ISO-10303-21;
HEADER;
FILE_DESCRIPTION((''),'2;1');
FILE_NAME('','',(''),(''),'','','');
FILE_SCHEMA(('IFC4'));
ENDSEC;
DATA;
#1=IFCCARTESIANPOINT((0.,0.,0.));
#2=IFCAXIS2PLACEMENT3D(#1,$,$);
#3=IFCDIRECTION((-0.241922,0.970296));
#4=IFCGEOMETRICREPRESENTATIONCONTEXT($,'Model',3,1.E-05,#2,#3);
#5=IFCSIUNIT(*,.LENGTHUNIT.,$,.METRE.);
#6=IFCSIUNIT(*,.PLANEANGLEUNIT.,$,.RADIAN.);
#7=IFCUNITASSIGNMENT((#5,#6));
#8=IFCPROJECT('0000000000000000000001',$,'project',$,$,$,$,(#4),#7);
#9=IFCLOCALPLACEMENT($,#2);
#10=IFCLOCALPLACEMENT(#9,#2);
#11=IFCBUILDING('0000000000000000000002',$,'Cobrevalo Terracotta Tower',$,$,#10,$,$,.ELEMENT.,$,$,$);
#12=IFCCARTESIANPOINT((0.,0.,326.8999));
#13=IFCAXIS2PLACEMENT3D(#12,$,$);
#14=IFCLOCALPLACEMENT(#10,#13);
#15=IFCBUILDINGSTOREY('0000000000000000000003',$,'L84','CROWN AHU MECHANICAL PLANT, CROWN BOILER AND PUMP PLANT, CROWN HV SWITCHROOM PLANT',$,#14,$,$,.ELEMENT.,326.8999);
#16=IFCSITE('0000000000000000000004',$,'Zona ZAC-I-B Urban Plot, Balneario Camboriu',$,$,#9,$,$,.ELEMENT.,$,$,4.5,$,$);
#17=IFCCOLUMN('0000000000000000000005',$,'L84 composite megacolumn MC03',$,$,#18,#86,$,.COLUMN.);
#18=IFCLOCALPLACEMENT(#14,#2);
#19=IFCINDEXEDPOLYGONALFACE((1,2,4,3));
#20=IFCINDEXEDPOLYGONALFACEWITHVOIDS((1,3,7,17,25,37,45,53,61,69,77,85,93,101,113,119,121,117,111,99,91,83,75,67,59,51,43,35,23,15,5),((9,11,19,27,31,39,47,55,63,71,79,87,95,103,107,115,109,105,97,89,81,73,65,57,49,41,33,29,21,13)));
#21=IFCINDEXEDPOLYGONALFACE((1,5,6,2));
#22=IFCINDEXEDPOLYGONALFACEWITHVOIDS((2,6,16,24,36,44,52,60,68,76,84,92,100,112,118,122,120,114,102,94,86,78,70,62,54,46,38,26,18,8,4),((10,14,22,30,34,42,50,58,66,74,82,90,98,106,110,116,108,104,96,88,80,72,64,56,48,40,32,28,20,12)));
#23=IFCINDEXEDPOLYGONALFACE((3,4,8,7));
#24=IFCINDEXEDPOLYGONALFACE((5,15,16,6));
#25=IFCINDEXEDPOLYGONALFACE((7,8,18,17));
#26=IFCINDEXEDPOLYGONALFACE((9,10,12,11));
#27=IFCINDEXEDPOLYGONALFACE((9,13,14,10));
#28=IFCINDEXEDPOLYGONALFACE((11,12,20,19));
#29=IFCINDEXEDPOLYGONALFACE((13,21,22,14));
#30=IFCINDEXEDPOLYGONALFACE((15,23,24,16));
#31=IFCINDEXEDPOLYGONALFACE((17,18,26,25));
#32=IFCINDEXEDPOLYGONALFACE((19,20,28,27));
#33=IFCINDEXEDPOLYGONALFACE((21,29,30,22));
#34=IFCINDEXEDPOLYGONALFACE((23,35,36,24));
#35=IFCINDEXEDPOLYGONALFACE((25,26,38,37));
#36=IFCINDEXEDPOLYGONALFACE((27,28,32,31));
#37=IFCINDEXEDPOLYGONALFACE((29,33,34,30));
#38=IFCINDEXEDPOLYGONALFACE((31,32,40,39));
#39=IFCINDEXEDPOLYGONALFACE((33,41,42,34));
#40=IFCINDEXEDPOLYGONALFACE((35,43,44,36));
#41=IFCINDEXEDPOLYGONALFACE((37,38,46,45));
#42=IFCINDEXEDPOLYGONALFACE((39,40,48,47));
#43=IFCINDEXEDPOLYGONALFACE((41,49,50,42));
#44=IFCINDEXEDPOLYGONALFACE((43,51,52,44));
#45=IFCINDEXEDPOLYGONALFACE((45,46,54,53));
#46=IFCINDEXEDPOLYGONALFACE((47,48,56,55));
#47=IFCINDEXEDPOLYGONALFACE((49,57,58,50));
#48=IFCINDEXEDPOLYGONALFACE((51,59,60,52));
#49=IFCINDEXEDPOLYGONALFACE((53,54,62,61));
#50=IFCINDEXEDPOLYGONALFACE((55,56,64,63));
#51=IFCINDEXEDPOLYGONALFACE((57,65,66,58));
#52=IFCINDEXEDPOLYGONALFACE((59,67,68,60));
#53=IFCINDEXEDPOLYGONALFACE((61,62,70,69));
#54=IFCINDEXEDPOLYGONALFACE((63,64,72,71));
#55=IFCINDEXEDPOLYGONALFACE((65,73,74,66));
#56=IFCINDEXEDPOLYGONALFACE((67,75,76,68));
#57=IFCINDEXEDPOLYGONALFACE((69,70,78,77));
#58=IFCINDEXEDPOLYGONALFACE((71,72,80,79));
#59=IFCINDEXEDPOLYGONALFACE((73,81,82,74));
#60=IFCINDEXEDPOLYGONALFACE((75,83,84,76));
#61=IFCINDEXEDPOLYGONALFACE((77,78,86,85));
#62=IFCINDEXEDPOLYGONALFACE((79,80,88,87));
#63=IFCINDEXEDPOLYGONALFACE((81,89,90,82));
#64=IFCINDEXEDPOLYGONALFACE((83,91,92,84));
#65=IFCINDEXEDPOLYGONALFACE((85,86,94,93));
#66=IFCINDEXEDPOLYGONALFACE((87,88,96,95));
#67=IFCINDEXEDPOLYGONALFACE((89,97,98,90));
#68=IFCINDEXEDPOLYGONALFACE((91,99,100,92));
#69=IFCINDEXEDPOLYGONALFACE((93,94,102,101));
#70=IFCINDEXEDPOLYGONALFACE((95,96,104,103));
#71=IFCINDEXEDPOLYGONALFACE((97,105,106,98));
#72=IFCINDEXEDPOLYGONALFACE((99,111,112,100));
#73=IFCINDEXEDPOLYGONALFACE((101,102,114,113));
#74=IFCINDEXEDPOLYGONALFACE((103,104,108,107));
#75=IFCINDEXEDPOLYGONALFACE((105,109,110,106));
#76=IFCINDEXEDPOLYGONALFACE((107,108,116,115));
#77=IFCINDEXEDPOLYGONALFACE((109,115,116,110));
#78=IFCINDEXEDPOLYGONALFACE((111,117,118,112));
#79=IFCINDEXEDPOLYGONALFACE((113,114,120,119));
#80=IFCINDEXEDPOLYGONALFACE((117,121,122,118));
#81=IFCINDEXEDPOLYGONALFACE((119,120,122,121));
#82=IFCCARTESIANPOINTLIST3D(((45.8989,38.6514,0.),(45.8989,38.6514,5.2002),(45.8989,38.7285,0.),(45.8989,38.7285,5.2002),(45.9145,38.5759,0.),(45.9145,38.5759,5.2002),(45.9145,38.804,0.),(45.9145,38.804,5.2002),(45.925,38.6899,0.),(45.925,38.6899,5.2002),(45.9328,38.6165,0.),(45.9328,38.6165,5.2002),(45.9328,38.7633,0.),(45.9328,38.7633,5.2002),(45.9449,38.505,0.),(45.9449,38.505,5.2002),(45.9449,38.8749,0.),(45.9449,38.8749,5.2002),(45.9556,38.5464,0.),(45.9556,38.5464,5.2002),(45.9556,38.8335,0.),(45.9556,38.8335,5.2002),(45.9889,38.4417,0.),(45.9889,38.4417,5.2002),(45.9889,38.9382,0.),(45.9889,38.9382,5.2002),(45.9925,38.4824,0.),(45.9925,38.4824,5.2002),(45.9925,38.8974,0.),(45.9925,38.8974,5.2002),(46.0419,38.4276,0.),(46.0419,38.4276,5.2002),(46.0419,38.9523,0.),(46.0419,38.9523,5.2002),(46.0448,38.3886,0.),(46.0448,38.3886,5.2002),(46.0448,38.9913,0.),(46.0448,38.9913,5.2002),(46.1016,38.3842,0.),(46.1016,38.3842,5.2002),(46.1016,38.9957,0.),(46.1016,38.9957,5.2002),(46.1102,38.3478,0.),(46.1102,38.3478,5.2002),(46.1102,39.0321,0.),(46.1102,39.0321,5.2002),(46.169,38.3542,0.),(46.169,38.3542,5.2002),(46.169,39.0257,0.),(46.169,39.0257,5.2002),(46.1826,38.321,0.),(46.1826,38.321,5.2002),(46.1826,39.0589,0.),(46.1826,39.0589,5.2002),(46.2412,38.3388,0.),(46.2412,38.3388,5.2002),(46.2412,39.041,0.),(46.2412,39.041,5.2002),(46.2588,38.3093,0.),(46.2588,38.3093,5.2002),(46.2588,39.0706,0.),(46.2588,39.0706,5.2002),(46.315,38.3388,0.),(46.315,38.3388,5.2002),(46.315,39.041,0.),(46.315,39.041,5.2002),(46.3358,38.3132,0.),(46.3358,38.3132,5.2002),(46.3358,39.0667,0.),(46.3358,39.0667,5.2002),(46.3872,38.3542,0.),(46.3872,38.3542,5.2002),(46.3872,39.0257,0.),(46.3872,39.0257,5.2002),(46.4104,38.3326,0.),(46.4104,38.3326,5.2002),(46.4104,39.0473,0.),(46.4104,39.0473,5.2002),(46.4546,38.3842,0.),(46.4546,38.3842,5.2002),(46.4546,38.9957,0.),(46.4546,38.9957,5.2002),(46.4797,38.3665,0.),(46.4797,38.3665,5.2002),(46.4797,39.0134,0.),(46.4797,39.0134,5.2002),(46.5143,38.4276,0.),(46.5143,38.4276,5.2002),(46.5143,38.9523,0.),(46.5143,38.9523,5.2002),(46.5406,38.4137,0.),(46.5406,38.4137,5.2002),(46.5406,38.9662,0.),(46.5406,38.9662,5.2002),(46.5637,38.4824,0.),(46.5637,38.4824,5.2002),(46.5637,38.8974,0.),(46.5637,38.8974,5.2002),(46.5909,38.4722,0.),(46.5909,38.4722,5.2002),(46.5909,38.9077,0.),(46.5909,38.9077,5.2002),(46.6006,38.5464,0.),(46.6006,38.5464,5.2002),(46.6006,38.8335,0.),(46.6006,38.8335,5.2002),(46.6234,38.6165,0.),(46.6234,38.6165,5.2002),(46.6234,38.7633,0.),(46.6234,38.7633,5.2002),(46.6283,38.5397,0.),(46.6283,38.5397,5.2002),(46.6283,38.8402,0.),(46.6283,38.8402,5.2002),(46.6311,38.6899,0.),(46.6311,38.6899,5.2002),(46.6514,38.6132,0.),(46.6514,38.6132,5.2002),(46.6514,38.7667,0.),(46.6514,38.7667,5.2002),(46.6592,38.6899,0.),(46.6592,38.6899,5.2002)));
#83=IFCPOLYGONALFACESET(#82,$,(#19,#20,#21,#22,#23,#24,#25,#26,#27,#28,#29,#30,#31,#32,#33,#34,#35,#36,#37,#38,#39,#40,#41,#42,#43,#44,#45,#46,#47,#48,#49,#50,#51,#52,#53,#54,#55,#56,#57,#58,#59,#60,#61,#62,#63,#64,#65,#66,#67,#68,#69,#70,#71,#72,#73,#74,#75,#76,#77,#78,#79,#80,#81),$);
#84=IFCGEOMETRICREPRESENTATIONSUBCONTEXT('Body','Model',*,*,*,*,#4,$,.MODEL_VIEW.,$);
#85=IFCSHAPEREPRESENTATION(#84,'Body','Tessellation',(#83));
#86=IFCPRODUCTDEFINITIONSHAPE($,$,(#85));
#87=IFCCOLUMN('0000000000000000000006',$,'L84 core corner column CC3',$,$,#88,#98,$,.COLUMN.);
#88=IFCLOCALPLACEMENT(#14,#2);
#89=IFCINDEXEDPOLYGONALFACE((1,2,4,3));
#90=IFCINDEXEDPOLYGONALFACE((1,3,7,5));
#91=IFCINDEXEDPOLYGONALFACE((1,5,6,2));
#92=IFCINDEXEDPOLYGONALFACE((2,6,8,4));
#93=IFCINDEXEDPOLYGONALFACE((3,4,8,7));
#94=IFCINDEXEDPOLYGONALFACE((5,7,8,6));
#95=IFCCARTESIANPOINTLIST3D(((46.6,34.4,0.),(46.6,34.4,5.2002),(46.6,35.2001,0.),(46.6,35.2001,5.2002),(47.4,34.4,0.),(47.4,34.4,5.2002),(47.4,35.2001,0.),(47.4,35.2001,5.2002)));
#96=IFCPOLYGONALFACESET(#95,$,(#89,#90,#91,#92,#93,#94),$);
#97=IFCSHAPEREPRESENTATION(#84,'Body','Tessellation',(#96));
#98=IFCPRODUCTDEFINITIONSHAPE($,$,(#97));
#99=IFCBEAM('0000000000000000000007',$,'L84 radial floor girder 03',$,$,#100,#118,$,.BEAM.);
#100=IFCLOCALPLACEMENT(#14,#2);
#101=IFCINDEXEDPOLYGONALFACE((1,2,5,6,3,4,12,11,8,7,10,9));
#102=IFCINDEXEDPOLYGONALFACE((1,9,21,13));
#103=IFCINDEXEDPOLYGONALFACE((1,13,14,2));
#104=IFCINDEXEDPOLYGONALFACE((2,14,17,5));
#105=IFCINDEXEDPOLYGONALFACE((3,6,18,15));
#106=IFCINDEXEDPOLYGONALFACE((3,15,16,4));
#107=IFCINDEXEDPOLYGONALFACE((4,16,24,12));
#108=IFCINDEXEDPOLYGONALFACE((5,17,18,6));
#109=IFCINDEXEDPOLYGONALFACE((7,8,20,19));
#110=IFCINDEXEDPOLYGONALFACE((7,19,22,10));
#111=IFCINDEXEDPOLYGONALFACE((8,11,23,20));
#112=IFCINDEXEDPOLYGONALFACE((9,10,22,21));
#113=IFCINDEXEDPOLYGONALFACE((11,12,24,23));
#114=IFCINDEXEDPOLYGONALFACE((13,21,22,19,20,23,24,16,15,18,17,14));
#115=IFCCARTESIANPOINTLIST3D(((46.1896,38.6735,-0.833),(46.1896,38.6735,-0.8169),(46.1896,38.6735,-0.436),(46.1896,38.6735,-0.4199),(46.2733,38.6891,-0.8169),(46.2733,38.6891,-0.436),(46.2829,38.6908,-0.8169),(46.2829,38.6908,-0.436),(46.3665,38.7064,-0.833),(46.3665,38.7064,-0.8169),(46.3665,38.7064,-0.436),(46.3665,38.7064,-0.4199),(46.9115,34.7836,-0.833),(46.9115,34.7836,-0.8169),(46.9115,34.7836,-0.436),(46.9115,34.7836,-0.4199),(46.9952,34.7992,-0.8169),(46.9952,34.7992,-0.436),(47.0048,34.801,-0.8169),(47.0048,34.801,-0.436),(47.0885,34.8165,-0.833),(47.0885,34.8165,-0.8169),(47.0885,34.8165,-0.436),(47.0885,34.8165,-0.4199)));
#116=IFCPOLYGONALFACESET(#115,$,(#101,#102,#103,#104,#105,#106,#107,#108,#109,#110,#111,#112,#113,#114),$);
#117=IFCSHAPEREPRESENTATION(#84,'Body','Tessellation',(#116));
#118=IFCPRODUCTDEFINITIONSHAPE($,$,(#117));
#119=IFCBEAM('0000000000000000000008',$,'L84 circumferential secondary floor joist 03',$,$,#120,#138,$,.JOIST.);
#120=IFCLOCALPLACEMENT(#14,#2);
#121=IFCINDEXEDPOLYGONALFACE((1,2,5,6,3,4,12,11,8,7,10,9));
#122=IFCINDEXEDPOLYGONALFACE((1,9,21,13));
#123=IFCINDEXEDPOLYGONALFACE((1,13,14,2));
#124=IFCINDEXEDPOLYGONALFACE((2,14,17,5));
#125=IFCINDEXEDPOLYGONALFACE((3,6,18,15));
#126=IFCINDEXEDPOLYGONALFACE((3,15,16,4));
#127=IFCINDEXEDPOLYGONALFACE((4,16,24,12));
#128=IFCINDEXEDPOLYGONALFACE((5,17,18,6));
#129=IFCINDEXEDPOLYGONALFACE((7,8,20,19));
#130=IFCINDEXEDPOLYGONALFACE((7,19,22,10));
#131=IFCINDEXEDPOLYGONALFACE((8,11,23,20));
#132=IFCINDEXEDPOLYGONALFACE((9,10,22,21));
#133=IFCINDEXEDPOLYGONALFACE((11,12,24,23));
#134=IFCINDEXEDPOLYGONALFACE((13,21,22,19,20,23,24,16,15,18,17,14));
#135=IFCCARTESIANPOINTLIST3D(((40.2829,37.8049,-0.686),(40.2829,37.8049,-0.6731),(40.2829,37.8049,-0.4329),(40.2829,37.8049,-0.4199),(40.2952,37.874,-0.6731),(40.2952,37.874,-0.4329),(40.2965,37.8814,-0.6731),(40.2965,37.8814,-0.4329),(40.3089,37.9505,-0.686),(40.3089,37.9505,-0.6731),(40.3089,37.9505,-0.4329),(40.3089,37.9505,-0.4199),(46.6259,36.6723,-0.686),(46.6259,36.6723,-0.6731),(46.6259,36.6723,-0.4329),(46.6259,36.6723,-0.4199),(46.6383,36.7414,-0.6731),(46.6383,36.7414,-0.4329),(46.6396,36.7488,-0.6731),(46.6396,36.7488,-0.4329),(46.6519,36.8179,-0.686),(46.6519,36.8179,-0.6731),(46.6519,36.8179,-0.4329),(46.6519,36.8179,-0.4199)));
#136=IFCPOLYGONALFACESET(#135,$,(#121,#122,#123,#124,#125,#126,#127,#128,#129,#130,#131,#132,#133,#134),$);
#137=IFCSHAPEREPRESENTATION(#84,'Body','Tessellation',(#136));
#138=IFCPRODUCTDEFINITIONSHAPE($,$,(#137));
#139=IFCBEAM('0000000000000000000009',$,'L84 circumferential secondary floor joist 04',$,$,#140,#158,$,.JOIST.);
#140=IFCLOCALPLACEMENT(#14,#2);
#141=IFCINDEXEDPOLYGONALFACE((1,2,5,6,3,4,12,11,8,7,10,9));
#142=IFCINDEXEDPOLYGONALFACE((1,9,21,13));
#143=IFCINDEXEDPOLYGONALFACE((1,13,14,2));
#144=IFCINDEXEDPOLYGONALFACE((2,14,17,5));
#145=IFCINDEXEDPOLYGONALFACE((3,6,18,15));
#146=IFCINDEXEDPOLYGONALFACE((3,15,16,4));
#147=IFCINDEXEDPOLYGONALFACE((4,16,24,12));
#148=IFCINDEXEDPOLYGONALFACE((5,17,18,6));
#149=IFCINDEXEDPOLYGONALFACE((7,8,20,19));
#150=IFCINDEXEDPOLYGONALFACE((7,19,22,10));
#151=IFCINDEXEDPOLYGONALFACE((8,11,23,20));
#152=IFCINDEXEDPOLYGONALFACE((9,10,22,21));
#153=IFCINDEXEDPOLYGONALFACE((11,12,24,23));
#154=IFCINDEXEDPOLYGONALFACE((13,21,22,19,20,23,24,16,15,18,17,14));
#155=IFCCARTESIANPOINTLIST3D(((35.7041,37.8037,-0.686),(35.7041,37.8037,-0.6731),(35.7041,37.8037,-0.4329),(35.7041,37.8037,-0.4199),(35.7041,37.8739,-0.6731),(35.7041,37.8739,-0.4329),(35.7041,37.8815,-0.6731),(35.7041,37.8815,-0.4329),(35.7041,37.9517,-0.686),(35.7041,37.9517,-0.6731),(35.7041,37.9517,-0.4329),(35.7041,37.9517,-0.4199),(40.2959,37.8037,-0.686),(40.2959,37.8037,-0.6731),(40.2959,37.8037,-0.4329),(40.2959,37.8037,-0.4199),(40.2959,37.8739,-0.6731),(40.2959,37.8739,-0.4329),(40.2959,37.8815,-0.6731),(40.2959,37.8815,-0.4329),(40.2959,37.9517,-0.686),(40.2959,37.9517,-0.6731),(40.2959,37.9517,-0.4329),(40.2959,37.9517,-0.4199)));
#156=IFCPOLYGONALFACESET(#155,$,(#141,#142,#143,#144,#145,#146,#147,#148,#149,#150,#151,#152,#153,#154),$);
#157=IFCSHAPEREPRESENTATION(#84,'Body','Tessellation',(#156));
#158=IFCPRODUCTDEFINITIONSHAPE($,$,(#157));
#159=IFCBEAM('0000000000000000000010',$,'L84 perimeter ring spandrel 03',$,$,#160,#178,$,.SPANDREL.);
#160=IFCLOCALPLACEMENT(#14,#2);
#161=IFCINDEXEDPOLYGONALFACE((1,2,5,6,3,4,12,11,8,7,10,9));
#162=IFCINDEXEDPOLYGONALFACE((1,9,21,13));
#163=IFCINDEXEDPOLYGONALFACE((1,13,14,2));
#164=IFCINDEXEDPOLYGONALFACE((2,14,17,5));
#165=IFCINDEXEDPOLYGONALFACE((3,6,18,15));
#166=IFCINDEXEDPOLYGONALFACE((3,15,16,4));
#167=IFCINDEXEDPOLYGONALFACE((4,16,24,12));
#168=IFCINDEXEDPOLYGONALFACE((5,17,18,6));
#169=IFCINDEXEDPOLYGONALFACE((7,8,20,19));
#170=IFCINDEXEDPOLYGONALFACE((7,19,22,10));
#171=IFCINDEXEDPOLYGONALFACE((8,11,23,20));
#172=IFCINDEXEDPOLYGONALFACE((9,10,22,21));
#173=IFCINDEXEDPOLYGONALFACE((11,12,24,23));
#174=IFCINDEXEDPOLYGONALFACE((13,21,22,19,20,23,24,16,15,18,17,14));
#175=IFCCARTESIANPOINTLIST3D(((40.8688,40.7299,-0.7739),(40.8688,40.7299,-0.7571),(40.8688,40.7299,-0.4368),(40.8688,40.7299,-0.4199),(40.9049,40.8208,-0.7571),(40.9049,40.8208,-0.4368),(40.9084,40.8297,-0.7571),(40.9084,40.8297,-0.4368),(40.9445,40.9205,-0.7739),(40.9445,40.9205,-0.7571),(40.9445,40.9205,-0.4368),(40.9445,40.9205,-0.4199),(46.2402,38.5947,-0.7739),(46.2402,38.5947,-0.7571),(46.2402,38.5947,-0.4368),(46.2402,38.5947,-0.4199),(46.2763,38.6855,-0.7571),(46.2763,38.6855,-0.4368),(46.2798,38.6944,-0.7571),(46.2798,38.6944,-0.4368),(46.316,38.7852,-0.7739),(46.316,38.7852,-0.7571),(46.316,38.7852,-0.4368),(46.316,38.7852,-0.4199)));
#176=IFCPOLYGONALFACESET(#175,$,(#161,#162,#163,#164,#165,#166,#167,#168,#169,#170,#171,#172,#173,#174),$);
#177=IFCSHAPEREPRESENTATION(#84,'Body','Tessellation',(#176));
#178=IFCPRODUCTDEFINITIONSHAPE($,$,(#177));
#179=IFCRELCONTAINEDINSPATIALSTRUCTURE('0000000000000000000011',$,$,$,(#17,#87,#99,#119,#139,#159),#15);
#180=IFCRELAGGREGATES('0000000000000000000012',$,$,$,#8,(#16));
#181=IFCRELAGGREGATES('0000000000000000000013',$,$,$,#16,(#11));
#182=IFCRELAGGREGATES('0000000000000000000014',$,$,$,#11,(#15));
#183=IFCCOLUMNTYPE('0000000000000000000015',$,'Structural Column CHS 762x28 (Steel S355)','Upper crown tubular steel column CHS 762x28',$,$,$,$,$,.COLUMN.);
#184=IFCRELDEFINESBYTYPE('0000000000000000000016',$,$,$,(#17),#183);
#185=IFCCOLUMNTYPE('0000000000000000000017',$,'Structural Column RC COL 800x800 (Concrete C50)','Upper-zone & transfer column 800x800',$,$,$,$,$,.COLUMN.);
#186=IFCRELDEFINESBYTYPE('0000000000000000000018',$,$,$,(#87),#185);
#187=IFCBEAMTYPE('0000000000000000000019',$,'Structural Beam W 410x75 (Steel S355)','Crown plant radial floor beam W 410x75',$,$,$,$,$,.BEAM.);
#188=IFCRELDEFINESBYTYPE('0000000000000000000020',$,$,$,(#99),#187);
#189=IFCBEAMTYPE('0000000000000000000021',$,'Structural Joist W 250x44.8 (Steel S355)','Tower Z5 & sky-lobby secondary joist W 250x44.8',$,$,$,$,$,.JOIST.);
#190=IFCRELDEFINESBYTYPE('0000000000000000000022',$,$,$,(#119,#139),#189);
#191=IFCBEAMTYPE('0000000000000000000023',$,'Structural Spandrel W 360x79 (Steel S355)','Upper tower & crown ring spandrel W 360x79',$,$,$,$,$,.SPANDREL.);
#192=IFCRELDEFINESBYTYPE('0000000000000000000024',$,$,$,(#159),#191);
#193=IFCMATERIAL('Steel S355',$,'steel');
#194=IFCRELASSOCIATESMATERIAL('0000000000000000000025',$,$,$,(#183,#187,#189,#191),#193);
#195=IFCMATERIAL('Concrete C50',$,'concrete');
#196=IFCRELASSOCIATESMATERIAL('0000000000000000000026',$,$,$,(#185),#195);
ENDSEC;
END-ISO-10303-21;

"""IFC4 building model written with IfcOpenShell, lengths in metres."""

from ifc_helpers import new_model, si_unit, direction, frame, origin, origin_2d, place, context, subcontext, project, spatial, rectangle, hollow_circle, i_section, extrude, material, material_profile, profile_set, type_object, element, save


model = new_model("IFC4")

# Units and contexts
model_context = context("Model", 3, precision=1e-05, world=origin(), true_north=direction((-0.241922, 0.970296)))
body_context = subcontext(model_context, "Body", "Model", "MODEL_VIEW")
ifc_project = project(units=[si_unit("LENGTHUNIT", "METRE"), si_unit("PLANEANGLEUNIT", "RADIAN")], contexts=[model_context])

# Site, building, storey
site_placement = place(None, origin())
site = spatial("IfcSite", under=ifc_project, at=site_placement, Name="Zona ZAC-I-B Urban Plot, Balneario Camboriu", CompositionType="ELEMENT", RefElevation=4.5)
building_placement = place(site_placement, origin())
building = spatial("IfcBuilding", under=site, at=building_placement, Name="Cobrevalo Terracotta Tower", CompositionType="ELEMENT")
storey_placement = place(building_placement, frame((0.0, 0.0, 326.8999)))
storey = spatial("IfcBuildingStorey", under=building, at=storey_placement, Name="L84", Description="CROWN AHU MECHANICAL PLANT, CROWN BOILER AND PUMP PLANT, CROWN HV SWITCHROOM PLANT", CompositionType="ELEMENT", Elevation=326.8999)

# Columns
ifc_material_1 = material(Name="Steel S355", Category="steel")
ifc_material_profile_1 = material_profile(ifc_material_1, hollow_circle(Radius=0.3811, WallThickness=0.0281, at=origin_2d()), Name="CHS 762x28")
ifc_profile_set_1 = profile_set([ifc_material_profile_1], Name="Steel S355")
column_type_1 = type_object("IfcColumnType", Name="Structural Column CHS 762x28 (Steel S355)", Description="Upper crown tubular steel column CHS 762x28", PredefinedType="COLUMN", material=ifc_profile_set_1)
column_1_placement = place(storey_placement, frame((46.2781, 38.6899, 0.0), z_axis=(0.0, 0.0, 1.0), x_axis=(1.0, 0.0, 0.0)))
element("IfcColumn", 1, at=column_1_placement, inside=storey, type_object=column_type_1, Name="L84 composite megacolumn MC03", PredefinedType="COLUMN", context=body_context, shape_type="SweptSolid", body=[
    extrude(hollow_circle(Radius=0.3811, WallThickness=0.0281, at=origin_2d()), origin(), (0.0, 0.0, 1.0), 5.2002),
])
ifc_material_2 = material(Name="Concrete C50", Category="concrete")
ifc_material_profile_2 = material_profile(ifc_material_2, rectangle(XDim=0.8, YDim=0.8, at=origin_2d()), Name="RC COL 800x800")
ifc_profile_set_2 = profile_set([ifc_material_profile_2], Name="Concrete C50")
column_type_2 = type_object("IfcColumnType", Name="Structural Column RC COL 800x800 (Concrete C50)", Description="Upper-zone & transfer column 800x800", PredefinedType="COLUMN", material=ifc_profile_set_2)
column_2_placement = place(storey_placement, frame((47.0, 34.8, 0.0), z_axis=(0.0, 0.0, 1.0), x_axis=(1.0, 0.0, 0.0)))
element("IfcColumn", 2, at=column_2_placement, inside=storey, type_object=column_type_2, Name="L84 core corner column CC3", PredefinedType="COLUMN", context=body_context, shape_type="SweptSolid", body=[
    extrude(rectangle(XDim=0.8, YDim=0.8, at=origin_2d()), origin(), (0.0, 0.0, 1.0), 5.2002),
])

# Beams
ifc_material_profile_3 = material_profile(ifc_material_1, i_section(OverallWidth=0.1799, OverallDepth=0.4131, WebThickness=0.0098, FlangeThickness=0.0161, at=origin_2d()), Name="W 410x75")
ifc_profile_set_3 = profile_set([ifc_material_profile_3], Name="Steel S355")
beam_type_1 = type_object("IfcBeamType", Name="Structural Beam W 410x75 (Steel S355)", Description="Crown plant radial floor beam W 410x75", PredefinedType="BEAM", material=ifc_profile_set_3)
beam_1_placement = place(storey_placement, frame((46.2781, 38.6899, -0.6265), z_axis=(0.182474, -0.983211, 0.0), x_axis=(0.983211, 0.182474, 0.0)))
element("IfcBeam", 3, at=beam_1_placement, inside=storey, type_object=beam_type_1, Name="L84 radial floor girder 03", PredefinedType="BEAM", context=body_context, shape_type="SweptSolid", body=[
    extrude(i_section(OverallWidth=0.1799, OverallDepth=0.4131, WebThickness=0.0098, FlangeThickness=0.0161, at=origin_2d()), origin(), (0.0, 0.0, 1.0), 3.9563),
])
ifc_material_profile_4 = material_profile(ifc_material_1, i_section(OverallWidth=0.1479, OverallDepth=0.2661, WebThickness=0.0076, FlangeThickness=0.0129, at=origin_2d()), Name="W 250x44.8")
ifc_profile_set_4 = profile_set([ifc_material_profile_4], Name="Steel S355")
beam_type_2 = type_object("IfcBeamType", Name="Structural Joist W 250x44.8 (Steel S355)", Description="Tower Z5 & sky-lobby secondary joist W 250x44.8", PredefinedType="JOIST", material=ifc_profile_set_4)
beam_2_placement = place(storey_placement, frame((46.6389, 36.7451, -0.553), z_axis=(-0.984431, 0.175774, 0.0), x_axis=(-0.175774, -0.984431, 0.0)))
element("IfcBeam", 4, at=beam_2_placement, inside=storey, type_object=beam_type_2, Name="L84 circumferential secondary floor joist 03", PredefinedType="JOIST", context=body_context, shape_type="SweptSolid", body=[
    extrude(i_section(OverallWidth=0.1479, OverallDepth=0.2661, WebThickness=0.0076, FlangeThickness=0.0129, at=origin_2d()), origin(), (0.0, 0.0, 1.0), 6.4434),
])
beam_3_placement = place(storey_placement, frame((40.2959, 37.8777, -0.553), z_axis=(-1.0, 0.0, 0.0), x_axis=(0.0, -1.0, 0.0)))
element("IfcBeam", 5, at=beam_3_placement, inside=storey, type_object=beam_type_2, Name="L84 circumferential secondary floor joist 04", PredefinedType="JOIST", context=body_context, shape_type="SweptSolid", body=[
    extrude(i_section(OverallWidth=0.1479, OverallDepth=0.2661, WebThickness=0.0076, FlangeThickness=0.0129, at=origin_2d()), origin(), (0.0, 0.0, 1.0), 4.5918),
])
ifc_material_profile_5 = material_profile(ifc_material_1, i_section(OverallWidth=0.2051, OverallDepth=0.354, WebThickness=0.0095, FlangeThickness=0.0168, at=origin_2d()), Name="W 360x79")
ifc_profile_set_5 = profile_set([ifc_material_profile_5], Name="Steel S355")
beam_type_3 = type_object("IfcBeamType", Name="Structural Spandrel W 360x79 (Steel S355)", Description="Upper tower & crown ring spandrel W 360x79", PredefinedType="SPANDREL", material=ifc_profile_set_5)
beam_4_placement = place(storey_placement, frame((46.2781, 38.6899, -0.5969), z_axis=(-0.929267, 0.369409, 0.0), x_axis=(-0.369409, -0.929267, 0.0)))
element("IfcBeam", 6, at=beam_4_placement, inside=storey, type_object=beam_type_3, Name="L84 perimeter ring spandrel 03", PredefinedType="SPANDREL", context=body_context, shape_type="SweptSolid", body=[
    extrude(i_section(OverallWidth=0.2051, OverallDepth=0.354, WebThickness=0.0095, FlangeThickness=0.0168, at=origin_2d()), origin(), (0.0, 0.0, 1.0), 5.7803),
])

save(model, "model.ifc")
